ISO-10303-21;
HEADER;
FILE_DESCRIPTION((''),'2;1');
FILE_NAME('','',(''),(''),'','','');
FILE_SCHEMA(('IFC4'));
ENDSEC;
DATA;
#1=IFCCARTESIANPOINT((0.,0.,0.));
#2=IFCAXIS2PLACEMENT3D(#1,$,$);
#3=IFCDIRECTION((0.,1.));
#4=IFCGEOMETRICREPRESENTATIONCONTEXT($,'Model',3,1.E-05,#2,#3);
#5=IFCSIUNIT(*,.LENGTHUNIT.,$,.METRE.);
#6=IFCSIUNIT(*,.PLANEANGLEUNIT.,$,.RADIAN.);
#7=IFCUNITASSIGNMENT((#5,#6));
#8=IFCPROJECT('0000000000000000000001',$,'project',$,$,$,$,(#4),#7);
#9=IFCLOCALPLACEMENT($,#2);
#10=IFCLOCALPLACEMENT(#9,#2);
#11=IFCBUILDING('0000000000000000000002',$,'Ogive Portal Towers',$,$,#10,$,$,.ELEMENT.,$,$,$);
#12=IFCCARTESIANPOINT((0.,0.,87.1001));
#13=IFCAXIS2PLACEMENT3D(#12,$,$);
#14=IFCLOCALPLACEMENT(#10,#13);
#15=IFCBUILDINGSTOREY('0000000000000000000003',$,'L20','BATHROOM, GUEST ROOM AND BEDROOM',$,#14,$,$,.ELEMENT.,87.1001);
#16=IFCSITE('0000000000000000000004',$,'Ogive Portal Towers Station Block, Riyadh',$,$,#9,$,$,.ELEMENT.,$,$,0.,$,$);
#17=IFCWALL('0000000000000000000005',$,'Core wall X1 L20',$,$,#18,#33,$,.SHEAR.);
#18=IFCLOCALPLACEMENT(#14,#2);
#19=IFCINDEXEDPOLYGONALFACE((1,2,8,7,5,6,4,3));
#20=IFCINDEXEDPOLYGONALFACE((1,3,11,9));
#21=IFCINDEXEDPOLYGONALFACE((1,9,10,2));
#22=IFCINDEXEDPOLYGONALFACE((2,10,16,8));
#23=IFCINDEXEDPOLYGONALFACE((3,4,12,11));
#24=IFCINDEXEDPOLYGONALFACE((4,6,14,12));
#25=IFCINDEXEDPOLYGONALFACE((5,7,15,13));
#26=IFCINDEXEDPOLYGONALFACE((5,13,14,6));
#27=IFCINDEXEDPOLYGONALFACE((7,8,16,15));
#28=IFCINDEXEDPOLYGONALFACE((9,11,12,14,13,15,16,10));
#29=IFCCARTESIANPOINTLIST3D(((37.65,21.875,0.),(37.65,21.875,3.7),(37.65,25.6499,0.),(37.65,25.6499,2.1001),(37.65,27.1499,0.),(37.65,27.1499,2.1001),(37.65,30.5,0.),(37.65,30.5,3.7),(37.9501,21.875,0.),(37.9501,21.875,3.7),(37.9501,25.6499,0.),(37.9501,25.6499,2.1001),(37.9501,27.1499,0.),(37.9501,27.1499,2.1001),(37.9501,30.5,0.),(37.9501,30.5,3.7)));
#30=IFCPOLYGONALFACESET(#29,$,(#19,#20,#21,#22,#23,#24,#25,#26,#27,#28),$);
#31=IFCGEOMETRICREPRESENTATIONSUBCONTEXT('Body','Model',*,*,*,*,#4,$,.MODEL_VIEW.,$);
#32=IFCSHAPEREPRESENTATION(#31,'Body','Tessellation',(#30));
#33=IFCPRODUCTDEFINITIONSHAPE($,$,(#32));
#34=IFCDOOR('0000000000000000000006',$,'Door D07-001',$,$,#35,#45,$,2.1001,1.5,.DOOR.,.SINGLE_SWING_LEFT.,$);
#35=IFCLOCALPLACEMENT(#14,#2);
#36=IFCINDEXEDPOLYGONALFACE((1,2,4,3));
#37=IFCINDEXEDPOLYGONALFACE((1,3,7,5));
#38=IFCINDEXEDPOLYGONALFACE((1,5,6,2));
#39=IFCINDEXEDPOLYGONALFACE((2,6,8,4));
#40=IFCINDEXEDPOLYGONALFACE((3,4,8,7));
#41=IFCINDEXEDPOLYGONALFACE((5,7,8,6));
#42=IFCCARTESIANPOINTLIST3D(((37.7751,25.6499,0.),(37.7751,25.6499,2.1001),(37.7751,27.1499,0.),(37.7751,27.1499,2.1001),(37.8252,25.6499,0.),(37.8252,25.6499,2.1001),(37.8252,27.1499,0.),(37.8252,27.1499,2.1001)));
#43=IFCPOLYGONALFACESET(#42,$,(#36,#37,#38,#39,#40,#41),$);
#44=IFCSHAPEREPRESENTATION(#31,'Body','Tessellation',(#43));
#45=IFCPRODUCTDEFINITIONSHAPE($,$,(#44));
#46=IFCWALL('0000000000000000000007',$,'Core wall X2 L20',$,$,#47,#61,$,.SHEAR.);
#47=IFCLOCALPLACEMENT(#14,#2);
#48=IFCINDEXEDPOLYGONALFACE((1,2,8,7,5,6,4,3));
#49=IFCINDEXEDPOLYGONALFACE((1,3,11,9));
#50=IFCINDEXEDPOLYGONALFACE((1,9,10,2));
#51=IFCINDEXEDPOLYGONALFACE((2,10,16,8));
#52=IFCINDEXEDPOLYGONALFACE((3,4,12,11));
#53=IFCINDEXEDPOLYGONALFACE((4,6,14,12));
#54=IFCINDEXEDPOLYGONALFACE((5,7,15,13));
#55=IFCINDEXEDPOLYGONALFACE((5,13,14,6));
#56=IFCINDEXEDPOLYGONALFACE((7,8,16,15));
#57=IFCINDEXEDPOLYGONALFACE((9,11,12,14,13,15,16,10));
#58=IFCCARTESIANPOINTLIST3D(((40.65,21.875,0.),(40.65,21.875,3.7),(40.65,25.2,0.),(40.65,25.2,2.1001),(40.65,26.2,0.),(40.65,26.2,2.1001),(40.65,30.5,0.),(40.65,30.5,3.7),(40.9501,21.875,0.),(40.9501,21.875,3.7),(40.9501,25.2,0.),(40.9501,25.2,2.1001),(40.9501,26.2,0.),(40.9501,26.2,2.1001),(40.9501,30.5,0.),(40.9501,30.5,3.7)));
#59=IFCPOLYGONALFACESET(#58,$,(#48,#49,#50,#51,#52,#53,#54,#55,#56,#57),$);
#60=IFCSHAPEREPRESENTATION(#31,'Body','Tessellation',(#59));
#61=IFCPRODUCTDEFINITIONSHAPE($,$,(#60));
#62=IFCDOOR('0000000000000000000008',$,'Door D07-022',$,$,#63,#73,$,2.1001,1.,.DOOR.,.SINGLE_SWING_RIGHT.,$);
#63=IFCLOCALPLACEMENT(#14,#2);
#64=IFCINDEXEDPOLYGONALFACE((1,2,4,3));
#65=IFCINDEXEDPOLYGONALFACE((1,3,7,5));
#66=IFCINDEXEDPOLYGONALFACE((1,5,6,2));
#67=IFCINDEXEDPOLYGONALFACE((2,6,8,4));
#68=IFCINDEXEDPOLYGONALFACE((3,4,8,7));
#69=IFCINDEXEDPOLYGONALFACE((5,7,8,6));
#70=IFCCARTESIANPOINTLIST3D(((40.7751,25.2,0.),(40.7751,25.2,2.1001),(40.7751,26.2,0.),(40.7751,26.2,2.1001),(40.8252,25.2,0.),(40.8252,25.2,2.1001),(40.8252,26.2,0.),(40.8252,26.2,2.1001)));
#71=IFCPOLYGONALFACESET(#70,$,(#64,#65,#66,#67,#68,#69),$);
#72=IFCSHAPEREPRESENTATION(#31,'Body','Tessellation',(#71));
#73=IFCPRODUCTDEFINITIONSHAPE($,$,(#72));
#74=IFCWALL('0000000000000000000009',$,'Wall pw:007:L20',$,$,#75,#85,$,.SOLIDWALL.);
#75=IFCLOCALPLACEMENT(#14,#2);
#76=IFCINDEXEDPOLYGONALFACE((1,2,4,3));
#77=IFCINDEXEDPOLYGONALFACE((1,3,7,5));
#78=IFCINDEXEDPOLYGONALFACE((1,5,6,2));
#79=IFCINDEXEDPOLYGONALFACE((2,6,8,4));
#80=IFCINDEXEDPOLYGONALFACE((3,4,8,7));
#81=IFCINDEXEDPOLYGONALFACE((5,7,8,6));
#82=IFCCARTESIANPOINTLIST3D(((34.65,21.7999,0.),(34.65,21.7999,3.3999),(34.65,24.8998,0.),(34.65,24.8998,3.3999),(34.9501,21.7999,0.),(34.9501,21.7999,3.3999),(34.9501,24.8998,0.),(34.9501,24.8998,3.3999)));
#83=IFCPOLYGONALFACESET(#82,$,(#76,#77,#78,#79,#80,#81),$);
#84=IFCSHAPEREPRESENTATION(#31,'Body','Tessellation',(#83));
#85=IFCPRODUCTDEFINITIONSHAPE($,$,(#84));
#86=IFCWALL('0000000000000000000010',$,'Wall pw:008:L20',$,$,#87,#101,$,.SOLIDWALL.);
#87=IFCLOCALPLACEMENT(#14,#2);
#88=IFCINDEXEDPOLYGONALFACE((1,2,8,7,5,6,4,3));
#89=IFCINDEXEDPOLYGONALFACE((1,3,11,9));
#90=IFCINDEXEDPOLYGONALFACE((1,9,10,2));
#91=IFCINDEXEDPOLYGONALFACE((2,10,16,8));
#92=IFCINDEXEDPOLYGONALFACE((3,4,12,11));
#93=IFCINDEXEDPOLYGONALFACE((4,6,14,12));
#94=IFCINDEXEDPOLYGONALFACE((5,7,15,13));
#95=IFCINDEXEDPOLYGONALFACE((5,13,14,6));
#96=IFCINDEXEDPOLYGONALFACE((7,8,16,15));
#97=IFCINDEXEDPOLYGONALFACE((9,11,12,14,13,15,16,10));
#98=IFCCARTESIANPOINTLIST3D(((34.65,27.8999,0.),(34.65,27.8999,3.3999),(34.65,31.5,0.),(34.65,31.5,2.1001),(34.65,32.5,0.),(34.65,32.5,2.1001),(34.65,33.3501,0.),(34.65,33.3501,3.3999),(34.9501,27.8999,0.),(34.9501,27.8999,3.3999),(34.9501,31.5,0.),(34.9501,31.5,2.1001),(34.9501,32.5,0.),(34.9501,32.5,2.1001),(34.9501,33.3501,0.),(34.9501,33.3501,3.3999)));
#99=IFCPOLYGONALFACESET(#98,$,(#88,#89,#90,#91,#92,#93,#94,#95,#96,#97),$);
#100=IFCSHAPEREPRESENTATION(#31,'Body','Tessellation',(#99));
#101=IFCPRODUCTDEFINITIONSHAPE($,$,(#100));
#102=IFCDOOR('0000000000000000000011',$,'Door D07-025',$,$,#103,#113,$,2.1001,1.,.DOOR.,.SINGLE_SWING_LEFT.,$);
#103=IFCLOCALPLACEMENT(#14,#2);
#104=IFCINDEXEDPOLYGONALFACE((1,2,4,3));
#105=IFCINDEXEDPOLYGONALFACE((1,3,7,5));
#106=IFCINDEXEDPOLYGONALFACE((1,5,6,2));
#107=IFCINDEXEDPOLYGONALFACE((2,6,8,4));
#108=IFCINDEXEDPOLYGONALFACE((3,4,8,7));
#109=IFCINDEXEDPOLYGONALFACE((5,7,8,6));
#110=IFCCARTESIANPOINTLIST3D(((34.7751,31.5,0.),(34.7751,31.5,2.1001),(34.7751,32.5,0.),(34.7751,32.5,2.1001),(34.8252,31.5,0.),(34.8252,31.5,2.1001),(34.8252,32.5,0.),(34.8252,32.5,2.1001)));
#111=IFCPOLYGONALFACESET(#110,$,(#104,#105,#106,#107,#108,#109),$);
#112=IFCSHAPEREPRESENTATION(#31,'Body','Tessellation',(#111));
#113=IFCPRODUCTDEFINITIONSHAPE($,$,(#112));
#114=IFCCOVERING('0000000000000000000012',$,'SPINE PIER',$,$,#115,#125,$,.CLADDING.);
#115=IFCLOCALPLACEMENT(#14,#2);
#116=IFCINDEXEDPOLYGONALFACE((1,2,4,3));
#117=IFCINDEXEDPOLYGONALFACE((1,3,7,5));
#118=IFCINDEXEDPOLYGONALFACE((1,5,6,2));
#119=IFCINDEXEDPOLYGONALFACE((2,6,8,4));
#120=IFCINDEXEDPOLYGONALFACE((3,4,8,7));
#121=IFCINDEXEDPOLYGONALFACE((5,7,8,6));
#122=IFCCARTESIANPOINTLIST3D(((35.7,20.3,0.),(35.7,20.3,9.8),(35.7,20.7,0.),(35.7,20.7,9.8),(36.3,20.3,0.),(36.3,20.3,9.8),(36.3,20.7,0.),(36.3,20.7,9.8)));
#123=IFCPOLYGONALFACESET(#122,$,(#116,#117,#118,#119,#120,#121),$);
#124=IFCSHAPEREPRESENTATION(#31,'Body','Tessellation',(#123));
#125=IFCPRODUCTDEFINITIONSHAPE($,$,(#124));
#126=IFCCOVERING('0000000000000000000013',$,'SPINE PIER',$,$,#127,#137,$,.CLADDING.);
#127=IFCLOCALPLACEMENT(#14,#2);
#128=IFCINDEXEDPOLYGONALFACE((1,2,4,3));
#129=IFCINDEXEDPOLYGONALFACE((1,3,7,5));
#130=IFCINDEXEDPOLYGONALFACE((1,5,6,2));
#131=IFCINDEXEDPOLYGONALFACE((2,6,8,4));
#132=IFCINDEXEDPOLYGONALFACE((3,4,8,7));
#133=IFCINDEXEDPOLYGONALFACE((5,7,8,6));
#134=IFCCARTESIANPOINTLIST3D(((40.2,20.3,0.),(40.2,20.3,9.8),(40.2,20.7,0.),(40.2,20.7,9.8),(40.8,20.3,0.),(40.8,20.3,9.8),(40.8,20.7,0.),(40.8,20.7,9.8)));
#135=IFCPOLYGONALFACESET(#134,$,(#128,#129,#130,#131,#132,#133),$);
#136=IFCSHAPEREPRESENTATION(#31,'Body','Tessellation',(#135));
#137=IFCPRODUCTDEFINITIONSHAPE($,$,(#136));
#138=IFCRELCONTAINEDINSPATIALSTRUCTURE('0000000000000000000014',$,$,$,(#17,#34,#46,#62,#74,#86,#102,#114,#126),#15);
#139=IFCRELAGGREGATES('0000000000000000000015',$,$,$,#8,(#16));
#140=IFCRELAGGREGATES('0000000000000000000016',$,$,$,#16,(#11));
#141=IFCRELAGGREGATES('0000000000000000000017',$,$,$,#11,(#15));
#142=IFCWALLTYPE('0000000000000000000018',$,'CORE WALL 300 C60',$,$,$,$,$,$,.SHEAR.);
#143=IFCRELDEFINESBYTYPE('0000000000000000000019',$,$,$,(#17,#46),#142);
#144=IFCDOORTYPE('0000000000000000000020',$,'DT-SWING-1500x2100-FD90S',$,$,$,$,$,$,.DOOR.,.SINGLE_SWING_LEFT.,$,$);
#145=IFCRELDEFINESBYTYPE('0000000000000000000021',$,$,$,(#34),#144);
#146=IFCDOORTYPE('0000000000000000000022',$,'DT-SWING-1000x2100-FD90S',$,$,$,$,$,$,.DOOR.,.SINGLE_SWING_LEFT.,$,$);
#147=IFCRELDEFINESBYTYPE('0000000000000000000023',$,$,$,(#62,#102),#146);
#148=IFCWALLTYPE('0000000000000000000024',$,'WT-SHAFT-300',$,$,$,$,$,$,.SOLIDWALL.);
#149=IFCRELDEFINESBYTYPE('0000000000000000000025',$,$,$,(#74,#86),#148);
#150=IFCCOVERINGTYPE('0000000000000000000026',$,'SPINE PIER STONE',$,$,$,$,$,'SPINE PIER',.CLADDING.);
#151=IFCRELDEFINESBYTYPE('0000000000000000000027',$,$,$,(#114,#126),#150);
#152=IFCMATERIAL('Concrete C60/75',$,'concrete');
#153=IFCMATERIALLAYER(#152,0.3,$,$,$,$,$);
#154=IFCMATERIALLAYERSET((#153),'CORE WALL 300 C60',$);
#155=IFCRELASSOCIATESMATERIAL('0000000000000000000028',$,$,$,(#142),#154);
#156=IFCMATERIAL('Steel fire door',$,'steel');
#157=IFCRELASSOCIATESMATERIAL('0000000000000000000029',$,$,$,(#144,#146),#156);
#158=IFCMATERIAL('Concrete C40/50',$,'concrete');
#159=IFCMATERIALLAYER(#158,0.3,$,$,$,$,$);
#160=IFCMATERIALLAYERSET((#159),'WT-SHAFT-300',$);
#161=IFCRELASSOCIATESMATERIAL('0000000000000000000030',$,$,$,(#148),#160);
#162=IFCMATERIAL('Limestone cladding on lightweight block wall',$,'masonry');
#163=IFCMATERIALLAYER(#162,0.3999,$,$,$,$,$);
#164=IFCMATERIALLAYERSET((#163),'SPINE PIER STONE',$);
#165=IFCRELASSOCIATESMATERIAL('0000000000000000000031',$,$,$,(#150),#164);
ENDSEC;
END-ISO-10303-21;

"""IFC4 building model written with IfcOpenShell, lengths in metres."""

from ifc_helpers import new_model, si_unit, direction, frame, frame_2d, origin, origin_2d, place, context, subcontext, project, spatial, rectangle, extrude, material, layer, layer_set, type_object, element, fill, save


model = new_model("IFC4")

# Units and contexts
model_context = context("Model", 3, precision=1e-05, world=origin(), true_north=direction((0.0, 1.0)))
body_context = subcontext(model_context, "Body", "Model", "MODEL_VIEW")
ifc_project = project(units=[si_unit("LENGTHUNIT", "METRE"), si_unit("PLANEANGLEUNIT", "RADIAN")], contexts=[model_context])

# Site, building, storey
site_placement = place(None, origin())
site = spatial("IfcSite", under=ifc_project, at=site_placement, Name="Ogive Portal Towers Station Block, Riyadh", CompositionType="ELEMENT", RefElevation=0.0)
building_placement = place(site_placement, origin())
building = spatial("IfcBuilding", under=site, at=building_placement, Name="Ogive Portal Towers", CompositionType="ELEMENT")
storey_placement = place(building_placement, frame((0.0, 0.0, 87.1001)))
storey = spatial("IfcBuildingStorey", under=building, at=storey_placement, Name="L20", Description="BATHROOM, GUEST ROOM AND BEDROOM", CompositionType="ELEMENT", Elevation=87.1001)

# Walls, openings, doors
ifc_material_1 = material(Name="Concrete C60/75", Category="concrete")
ifc_layer_1 = layer(ifc_material_1, 0.3)
ifc_layer_set_1 = layer_set([ifc_layer_1], Name="CORE WALL 300 C60")
wall_type_1 = type_object("IfcWallType", Name="CORE WALL 300 C60", PredefinedType="SHEAR", material=ifc_layer_set_1)
wall_1_placement = place(storey_placement, frame((37.8, 21.875, 0.0), z_axis=(0.0, 0.0, 1.0), x_axis=(0.0, 1.0, 0.0)))
wall_1 = element("IfcWall", 1, at=wall_1_placement, inside=storey, type_object=wall_type_1, Name="Core wall X1 L20", PredefinedType="SHEAR", context=body_context, shape_type="SweptSolid", body=[
    extrude(rectangle(XDim=8.625, YDim=0.3, at=frame_2d((4.3125, 0.0))), origin(), (0.0, 0.0, 1.0), 3.7),
])
opening_1_placement = place(wall_1_placement, frame((3.7749, 0.0, 0.0)))
opening_1 = element("IfcOpeningElement", 2, at=opening_1_placement, cuts=wall_1, PredefinedType="OPENING", context=body_context, shape_type="SweptSolid", body=[
    extrude(rectangle(XDim=1.5, YDim=2.1001, at=frame_2d((0.75, 1.05))), frame((0.0, 0.1602, 0.0), z_axis=(0.0, -1.0, 0.0), x_axis=(1.0, 0.0, 0.0)), (0.0, 0.0, 1.0), 0.3201),
])
ifc_material_2 = material(Name="Steel fire door", Category="steel")
door_type_1 = type_object("IfcDoorType", Name="DT-SWING-1500x2100-FD90S", OperationType="SINGLE_SWING_LEFT", PredefinedType="DOOR", material=ifc_material_2)
door_1_placement = place(opening_1_placement, origin())
door_1 = element("IfcDoor", 3, at=door_1_placement, inside=storey, type_object=door_type_1, Name="Door D07-001", OperationType="SINGLE_SWING_LEFT", OverallHeight=2.1001, OverallWidth=1.5, PredefinedType="DOOR", context=body_context, shape_type="SweptSolid", body=[
    extrude(rectangle(XDim=1.5, YDim=2.1001, at=frame_2d((0.75, 1.05))), frame((0.0, 0.0249, 0.0), z_axis=(0.0, -1.0, 0.0), x_axis=(1.0, 0.0, 0.0)), (0.0, 0.0, 1.0), 0.05),
])
fill(opening_1, door_1)
wall_2_placement = place(storey_placement, frame((40.8, 21.875, 0.0), z_axis=(0.0, 0.0, 1.0), x_axis=(0.0, 1.0, 0.0)))
wall_2 = element("IfcWall", 4, at=wall_2_placement, inside=storey, type_object=wall_type_1, Name="Core wall X2 L20", PredefinedType="SHEAR", context=body_context, shape_type="SweptSolid", body=[
    extrude(rectangle(XDim=8.625, YDim=0.3, at=frame_2d((4.3125, 0.0))), origin(), (0.0, 0.0, 1.0), 3.7),
])
opening_2_placement = place(wall_2_placement, frame((3.325, 0.0, 0.0)))
opening_2 = element("IfcOpeningElement", 5, at=opening_2_placement, cuts=wall_2, PredefinedType="OPENING", context=body_context, shape_type="SweptSolid", body=[
    extrude(rectangle(XDim=1.0, YDim=2.1001, at=frame_2d((0.5, 1.05))), frame((0.0, 0.1602, 0.0), z_axis=(0.0, -1.0, 0.0), x_axis=(1.0, 0.0, 0.0)), (0.0, 0.0, 1.0), 0.3201),
])
door_type_2 = type_object("IfcDoorType", Name="DT-SWING-1000x2100-FD90S", OperationType="SINGLE_SWING_LEFT", PredefinedType="DOOR", material=ifc_material_2)
door_2_placement = place(opening_2_placement, origin())
door_2 = element("IfcDoor", 6, at=door_2_placement, inside=storey, type_object=door_type_2, Name="Door D07-022", OperationType="SINGLE_SWING_RIGHT", OverallHeight=2.1001, OverallWidth=1.0, PredefinedType="DOOR", context=body_context, shape_type="SweptSolid", body=[
    extrude(rectangle(XDim=1.0, YDim=2.1001, at=frame_2d((0.5, 1.05))), frame((0.0, 0.0249, 0.0), z_axis=(0.0, -1.0, 0.0), x_axis=(1.0, 0.0, 0.0)), (0.0, 0.0, 1.0), 0.05),
])
fill(opening_2, door_2)

# Shared definitions
ifc_material_3 = material(Name="Concrete C40/50", Category="concrete")
ifc_layer_2 = layer(ifc_material_3, 0.3)
ifc_layer_set_2 = layer_set([ifc_layer_2], Name="WT-SHAFT-300")
wall_type_2 = type_object("IfcWallType", Name="WT-SHAFT-300", PredefinedType="SOLIDWALL", material=ifc_layer_set_2)

# Wall
wall_3_placement = place(storey_placement, frame((34.8, 21.8, 0.0), z_axis=(0.0, 0.0, 1.0), x_axis=(0.0, 1.0, 0.0)))
element("IfcWall", 7, at=wall_3_placement, inside=storey, type_object=wall_type_2, Name="Wall pw:007:L20", PredefinedType="SOLIDWALL", context=body_context, shape_type="SweptSolid", body=[
    extrude(rectangle(XDim=3.0999, YDim=0.3, at=frame_2d((1.5498, 0.0))), origin(), (0.0, 0.0, 1.0), 3.3999),
])

# Wall, opening, door
wall_4_placement = place(storey_placement, frame((34.8, 27.8999, 0.0), z_axis=(0.0, 0.0, 1.0), x_axis=(0.0, 1.0, 0.0)))
wall_4 = element("IfcWall", 8, at=wall_4_placement, inside=storey, type_object=wall_type_2, Name="Wall pw:008:L20", PredefinedType="SOLIDWALL", context=body_context, shape_type="SweptSolid", body=[
    extrude(rectangle(XDim=5.4502, YDim=0.3, at=frame_2d((2.7251, 0.0))), origin(), (0.0, 0.0, 1.0), 3.3999),
])
opening_3_placement = place(wall_4_placement, frame((3.6001, 0.0, 0.0)))
opening_3 = element("IfcOpeningElement", 9, at=opening_3_placement, cuts=wall_4, PredefinedType="OPENING", context=body_context, shape_type="SweptSolid", body=[
    extrude(rectangle(XDim=1.0, YDim=2.1001, at=frame_2d((0.5, 1.05))), frame((0.0, 0.1602, 0.0), z_axis=(0.0, -1.0, 0.0), x_axis=(1.0, 0.0, 0.0)), (0.0, 0.0, 1.0), 0.3201),
])
door_3_placement = place(opening_3_placement, origin())
door_3 = element("IfcDoor", 10, at=door_3_placement, inside=storey, type_object=door_type_2, Name="Door D07-025", OperationType="SINGLE_SWING_LEFT", OverallHeight=2.1001, OverallWidth=1.0, PredefinedType="DOOR", context=body_context, shape_type="SweptSolid", body=[
    extrude(rectangle(XDim=1.0, YDim=2.1001, at=frame_2d((0.5, 1.05))), frame((0.0, 0.0249, 0.0), z_axis=(0.0, -1.0, 0.0), x_axis=(1.0, 0.0, 0.0)), (0.0, 0.0, 1.0), 0.05),
])
fill(opening_3, door_3)

# Coverings
ifc_material_4 = material(Name="Limestone cladding on lightweight block wall", Category="masonry")
ifc_layer_3 = layer(ifc_material_4, 0.3999)
ifc_layer_set_3 = layer_set([ifc_layer_3], Name="SPINE PIER STONE")
covering_type = type_object("IfcCoveringType", Name="SPINE PIER STONE", ElementType="SPINE PIER", PredefinedType="CLADDING", material=ifc_layer_set_3)
for number, where, z_axis, x_axis, name in (
    (11, (36.0, 20.5, 0.0), (0.0, 0.0, 1.0), (1.0, 0.0, 0.0), "SPINE PIER"),
    (12, (40.5, 20.5, 0.0), (0.0, 0.0, 1.0), (1.0, 0.0, 0.0), "SPINE PIER"),
):
    element("IfcCovering", number, at=place(storey_placement, frame(where, z_axis=z_axis, x_axis=x_axis)), inside=storey, type_object=covering_type, Name=name, PredefinedType="CLADDING", context=body_context, shape_type="SweptSolid", body=[
        extrude(rectangle(XDim=0.6001, YDim=0.3999, at=origin_2d()), origin(), (0.0, 0.0, 1.0), 9.8),
    ])

save(model, "model.ifc")
